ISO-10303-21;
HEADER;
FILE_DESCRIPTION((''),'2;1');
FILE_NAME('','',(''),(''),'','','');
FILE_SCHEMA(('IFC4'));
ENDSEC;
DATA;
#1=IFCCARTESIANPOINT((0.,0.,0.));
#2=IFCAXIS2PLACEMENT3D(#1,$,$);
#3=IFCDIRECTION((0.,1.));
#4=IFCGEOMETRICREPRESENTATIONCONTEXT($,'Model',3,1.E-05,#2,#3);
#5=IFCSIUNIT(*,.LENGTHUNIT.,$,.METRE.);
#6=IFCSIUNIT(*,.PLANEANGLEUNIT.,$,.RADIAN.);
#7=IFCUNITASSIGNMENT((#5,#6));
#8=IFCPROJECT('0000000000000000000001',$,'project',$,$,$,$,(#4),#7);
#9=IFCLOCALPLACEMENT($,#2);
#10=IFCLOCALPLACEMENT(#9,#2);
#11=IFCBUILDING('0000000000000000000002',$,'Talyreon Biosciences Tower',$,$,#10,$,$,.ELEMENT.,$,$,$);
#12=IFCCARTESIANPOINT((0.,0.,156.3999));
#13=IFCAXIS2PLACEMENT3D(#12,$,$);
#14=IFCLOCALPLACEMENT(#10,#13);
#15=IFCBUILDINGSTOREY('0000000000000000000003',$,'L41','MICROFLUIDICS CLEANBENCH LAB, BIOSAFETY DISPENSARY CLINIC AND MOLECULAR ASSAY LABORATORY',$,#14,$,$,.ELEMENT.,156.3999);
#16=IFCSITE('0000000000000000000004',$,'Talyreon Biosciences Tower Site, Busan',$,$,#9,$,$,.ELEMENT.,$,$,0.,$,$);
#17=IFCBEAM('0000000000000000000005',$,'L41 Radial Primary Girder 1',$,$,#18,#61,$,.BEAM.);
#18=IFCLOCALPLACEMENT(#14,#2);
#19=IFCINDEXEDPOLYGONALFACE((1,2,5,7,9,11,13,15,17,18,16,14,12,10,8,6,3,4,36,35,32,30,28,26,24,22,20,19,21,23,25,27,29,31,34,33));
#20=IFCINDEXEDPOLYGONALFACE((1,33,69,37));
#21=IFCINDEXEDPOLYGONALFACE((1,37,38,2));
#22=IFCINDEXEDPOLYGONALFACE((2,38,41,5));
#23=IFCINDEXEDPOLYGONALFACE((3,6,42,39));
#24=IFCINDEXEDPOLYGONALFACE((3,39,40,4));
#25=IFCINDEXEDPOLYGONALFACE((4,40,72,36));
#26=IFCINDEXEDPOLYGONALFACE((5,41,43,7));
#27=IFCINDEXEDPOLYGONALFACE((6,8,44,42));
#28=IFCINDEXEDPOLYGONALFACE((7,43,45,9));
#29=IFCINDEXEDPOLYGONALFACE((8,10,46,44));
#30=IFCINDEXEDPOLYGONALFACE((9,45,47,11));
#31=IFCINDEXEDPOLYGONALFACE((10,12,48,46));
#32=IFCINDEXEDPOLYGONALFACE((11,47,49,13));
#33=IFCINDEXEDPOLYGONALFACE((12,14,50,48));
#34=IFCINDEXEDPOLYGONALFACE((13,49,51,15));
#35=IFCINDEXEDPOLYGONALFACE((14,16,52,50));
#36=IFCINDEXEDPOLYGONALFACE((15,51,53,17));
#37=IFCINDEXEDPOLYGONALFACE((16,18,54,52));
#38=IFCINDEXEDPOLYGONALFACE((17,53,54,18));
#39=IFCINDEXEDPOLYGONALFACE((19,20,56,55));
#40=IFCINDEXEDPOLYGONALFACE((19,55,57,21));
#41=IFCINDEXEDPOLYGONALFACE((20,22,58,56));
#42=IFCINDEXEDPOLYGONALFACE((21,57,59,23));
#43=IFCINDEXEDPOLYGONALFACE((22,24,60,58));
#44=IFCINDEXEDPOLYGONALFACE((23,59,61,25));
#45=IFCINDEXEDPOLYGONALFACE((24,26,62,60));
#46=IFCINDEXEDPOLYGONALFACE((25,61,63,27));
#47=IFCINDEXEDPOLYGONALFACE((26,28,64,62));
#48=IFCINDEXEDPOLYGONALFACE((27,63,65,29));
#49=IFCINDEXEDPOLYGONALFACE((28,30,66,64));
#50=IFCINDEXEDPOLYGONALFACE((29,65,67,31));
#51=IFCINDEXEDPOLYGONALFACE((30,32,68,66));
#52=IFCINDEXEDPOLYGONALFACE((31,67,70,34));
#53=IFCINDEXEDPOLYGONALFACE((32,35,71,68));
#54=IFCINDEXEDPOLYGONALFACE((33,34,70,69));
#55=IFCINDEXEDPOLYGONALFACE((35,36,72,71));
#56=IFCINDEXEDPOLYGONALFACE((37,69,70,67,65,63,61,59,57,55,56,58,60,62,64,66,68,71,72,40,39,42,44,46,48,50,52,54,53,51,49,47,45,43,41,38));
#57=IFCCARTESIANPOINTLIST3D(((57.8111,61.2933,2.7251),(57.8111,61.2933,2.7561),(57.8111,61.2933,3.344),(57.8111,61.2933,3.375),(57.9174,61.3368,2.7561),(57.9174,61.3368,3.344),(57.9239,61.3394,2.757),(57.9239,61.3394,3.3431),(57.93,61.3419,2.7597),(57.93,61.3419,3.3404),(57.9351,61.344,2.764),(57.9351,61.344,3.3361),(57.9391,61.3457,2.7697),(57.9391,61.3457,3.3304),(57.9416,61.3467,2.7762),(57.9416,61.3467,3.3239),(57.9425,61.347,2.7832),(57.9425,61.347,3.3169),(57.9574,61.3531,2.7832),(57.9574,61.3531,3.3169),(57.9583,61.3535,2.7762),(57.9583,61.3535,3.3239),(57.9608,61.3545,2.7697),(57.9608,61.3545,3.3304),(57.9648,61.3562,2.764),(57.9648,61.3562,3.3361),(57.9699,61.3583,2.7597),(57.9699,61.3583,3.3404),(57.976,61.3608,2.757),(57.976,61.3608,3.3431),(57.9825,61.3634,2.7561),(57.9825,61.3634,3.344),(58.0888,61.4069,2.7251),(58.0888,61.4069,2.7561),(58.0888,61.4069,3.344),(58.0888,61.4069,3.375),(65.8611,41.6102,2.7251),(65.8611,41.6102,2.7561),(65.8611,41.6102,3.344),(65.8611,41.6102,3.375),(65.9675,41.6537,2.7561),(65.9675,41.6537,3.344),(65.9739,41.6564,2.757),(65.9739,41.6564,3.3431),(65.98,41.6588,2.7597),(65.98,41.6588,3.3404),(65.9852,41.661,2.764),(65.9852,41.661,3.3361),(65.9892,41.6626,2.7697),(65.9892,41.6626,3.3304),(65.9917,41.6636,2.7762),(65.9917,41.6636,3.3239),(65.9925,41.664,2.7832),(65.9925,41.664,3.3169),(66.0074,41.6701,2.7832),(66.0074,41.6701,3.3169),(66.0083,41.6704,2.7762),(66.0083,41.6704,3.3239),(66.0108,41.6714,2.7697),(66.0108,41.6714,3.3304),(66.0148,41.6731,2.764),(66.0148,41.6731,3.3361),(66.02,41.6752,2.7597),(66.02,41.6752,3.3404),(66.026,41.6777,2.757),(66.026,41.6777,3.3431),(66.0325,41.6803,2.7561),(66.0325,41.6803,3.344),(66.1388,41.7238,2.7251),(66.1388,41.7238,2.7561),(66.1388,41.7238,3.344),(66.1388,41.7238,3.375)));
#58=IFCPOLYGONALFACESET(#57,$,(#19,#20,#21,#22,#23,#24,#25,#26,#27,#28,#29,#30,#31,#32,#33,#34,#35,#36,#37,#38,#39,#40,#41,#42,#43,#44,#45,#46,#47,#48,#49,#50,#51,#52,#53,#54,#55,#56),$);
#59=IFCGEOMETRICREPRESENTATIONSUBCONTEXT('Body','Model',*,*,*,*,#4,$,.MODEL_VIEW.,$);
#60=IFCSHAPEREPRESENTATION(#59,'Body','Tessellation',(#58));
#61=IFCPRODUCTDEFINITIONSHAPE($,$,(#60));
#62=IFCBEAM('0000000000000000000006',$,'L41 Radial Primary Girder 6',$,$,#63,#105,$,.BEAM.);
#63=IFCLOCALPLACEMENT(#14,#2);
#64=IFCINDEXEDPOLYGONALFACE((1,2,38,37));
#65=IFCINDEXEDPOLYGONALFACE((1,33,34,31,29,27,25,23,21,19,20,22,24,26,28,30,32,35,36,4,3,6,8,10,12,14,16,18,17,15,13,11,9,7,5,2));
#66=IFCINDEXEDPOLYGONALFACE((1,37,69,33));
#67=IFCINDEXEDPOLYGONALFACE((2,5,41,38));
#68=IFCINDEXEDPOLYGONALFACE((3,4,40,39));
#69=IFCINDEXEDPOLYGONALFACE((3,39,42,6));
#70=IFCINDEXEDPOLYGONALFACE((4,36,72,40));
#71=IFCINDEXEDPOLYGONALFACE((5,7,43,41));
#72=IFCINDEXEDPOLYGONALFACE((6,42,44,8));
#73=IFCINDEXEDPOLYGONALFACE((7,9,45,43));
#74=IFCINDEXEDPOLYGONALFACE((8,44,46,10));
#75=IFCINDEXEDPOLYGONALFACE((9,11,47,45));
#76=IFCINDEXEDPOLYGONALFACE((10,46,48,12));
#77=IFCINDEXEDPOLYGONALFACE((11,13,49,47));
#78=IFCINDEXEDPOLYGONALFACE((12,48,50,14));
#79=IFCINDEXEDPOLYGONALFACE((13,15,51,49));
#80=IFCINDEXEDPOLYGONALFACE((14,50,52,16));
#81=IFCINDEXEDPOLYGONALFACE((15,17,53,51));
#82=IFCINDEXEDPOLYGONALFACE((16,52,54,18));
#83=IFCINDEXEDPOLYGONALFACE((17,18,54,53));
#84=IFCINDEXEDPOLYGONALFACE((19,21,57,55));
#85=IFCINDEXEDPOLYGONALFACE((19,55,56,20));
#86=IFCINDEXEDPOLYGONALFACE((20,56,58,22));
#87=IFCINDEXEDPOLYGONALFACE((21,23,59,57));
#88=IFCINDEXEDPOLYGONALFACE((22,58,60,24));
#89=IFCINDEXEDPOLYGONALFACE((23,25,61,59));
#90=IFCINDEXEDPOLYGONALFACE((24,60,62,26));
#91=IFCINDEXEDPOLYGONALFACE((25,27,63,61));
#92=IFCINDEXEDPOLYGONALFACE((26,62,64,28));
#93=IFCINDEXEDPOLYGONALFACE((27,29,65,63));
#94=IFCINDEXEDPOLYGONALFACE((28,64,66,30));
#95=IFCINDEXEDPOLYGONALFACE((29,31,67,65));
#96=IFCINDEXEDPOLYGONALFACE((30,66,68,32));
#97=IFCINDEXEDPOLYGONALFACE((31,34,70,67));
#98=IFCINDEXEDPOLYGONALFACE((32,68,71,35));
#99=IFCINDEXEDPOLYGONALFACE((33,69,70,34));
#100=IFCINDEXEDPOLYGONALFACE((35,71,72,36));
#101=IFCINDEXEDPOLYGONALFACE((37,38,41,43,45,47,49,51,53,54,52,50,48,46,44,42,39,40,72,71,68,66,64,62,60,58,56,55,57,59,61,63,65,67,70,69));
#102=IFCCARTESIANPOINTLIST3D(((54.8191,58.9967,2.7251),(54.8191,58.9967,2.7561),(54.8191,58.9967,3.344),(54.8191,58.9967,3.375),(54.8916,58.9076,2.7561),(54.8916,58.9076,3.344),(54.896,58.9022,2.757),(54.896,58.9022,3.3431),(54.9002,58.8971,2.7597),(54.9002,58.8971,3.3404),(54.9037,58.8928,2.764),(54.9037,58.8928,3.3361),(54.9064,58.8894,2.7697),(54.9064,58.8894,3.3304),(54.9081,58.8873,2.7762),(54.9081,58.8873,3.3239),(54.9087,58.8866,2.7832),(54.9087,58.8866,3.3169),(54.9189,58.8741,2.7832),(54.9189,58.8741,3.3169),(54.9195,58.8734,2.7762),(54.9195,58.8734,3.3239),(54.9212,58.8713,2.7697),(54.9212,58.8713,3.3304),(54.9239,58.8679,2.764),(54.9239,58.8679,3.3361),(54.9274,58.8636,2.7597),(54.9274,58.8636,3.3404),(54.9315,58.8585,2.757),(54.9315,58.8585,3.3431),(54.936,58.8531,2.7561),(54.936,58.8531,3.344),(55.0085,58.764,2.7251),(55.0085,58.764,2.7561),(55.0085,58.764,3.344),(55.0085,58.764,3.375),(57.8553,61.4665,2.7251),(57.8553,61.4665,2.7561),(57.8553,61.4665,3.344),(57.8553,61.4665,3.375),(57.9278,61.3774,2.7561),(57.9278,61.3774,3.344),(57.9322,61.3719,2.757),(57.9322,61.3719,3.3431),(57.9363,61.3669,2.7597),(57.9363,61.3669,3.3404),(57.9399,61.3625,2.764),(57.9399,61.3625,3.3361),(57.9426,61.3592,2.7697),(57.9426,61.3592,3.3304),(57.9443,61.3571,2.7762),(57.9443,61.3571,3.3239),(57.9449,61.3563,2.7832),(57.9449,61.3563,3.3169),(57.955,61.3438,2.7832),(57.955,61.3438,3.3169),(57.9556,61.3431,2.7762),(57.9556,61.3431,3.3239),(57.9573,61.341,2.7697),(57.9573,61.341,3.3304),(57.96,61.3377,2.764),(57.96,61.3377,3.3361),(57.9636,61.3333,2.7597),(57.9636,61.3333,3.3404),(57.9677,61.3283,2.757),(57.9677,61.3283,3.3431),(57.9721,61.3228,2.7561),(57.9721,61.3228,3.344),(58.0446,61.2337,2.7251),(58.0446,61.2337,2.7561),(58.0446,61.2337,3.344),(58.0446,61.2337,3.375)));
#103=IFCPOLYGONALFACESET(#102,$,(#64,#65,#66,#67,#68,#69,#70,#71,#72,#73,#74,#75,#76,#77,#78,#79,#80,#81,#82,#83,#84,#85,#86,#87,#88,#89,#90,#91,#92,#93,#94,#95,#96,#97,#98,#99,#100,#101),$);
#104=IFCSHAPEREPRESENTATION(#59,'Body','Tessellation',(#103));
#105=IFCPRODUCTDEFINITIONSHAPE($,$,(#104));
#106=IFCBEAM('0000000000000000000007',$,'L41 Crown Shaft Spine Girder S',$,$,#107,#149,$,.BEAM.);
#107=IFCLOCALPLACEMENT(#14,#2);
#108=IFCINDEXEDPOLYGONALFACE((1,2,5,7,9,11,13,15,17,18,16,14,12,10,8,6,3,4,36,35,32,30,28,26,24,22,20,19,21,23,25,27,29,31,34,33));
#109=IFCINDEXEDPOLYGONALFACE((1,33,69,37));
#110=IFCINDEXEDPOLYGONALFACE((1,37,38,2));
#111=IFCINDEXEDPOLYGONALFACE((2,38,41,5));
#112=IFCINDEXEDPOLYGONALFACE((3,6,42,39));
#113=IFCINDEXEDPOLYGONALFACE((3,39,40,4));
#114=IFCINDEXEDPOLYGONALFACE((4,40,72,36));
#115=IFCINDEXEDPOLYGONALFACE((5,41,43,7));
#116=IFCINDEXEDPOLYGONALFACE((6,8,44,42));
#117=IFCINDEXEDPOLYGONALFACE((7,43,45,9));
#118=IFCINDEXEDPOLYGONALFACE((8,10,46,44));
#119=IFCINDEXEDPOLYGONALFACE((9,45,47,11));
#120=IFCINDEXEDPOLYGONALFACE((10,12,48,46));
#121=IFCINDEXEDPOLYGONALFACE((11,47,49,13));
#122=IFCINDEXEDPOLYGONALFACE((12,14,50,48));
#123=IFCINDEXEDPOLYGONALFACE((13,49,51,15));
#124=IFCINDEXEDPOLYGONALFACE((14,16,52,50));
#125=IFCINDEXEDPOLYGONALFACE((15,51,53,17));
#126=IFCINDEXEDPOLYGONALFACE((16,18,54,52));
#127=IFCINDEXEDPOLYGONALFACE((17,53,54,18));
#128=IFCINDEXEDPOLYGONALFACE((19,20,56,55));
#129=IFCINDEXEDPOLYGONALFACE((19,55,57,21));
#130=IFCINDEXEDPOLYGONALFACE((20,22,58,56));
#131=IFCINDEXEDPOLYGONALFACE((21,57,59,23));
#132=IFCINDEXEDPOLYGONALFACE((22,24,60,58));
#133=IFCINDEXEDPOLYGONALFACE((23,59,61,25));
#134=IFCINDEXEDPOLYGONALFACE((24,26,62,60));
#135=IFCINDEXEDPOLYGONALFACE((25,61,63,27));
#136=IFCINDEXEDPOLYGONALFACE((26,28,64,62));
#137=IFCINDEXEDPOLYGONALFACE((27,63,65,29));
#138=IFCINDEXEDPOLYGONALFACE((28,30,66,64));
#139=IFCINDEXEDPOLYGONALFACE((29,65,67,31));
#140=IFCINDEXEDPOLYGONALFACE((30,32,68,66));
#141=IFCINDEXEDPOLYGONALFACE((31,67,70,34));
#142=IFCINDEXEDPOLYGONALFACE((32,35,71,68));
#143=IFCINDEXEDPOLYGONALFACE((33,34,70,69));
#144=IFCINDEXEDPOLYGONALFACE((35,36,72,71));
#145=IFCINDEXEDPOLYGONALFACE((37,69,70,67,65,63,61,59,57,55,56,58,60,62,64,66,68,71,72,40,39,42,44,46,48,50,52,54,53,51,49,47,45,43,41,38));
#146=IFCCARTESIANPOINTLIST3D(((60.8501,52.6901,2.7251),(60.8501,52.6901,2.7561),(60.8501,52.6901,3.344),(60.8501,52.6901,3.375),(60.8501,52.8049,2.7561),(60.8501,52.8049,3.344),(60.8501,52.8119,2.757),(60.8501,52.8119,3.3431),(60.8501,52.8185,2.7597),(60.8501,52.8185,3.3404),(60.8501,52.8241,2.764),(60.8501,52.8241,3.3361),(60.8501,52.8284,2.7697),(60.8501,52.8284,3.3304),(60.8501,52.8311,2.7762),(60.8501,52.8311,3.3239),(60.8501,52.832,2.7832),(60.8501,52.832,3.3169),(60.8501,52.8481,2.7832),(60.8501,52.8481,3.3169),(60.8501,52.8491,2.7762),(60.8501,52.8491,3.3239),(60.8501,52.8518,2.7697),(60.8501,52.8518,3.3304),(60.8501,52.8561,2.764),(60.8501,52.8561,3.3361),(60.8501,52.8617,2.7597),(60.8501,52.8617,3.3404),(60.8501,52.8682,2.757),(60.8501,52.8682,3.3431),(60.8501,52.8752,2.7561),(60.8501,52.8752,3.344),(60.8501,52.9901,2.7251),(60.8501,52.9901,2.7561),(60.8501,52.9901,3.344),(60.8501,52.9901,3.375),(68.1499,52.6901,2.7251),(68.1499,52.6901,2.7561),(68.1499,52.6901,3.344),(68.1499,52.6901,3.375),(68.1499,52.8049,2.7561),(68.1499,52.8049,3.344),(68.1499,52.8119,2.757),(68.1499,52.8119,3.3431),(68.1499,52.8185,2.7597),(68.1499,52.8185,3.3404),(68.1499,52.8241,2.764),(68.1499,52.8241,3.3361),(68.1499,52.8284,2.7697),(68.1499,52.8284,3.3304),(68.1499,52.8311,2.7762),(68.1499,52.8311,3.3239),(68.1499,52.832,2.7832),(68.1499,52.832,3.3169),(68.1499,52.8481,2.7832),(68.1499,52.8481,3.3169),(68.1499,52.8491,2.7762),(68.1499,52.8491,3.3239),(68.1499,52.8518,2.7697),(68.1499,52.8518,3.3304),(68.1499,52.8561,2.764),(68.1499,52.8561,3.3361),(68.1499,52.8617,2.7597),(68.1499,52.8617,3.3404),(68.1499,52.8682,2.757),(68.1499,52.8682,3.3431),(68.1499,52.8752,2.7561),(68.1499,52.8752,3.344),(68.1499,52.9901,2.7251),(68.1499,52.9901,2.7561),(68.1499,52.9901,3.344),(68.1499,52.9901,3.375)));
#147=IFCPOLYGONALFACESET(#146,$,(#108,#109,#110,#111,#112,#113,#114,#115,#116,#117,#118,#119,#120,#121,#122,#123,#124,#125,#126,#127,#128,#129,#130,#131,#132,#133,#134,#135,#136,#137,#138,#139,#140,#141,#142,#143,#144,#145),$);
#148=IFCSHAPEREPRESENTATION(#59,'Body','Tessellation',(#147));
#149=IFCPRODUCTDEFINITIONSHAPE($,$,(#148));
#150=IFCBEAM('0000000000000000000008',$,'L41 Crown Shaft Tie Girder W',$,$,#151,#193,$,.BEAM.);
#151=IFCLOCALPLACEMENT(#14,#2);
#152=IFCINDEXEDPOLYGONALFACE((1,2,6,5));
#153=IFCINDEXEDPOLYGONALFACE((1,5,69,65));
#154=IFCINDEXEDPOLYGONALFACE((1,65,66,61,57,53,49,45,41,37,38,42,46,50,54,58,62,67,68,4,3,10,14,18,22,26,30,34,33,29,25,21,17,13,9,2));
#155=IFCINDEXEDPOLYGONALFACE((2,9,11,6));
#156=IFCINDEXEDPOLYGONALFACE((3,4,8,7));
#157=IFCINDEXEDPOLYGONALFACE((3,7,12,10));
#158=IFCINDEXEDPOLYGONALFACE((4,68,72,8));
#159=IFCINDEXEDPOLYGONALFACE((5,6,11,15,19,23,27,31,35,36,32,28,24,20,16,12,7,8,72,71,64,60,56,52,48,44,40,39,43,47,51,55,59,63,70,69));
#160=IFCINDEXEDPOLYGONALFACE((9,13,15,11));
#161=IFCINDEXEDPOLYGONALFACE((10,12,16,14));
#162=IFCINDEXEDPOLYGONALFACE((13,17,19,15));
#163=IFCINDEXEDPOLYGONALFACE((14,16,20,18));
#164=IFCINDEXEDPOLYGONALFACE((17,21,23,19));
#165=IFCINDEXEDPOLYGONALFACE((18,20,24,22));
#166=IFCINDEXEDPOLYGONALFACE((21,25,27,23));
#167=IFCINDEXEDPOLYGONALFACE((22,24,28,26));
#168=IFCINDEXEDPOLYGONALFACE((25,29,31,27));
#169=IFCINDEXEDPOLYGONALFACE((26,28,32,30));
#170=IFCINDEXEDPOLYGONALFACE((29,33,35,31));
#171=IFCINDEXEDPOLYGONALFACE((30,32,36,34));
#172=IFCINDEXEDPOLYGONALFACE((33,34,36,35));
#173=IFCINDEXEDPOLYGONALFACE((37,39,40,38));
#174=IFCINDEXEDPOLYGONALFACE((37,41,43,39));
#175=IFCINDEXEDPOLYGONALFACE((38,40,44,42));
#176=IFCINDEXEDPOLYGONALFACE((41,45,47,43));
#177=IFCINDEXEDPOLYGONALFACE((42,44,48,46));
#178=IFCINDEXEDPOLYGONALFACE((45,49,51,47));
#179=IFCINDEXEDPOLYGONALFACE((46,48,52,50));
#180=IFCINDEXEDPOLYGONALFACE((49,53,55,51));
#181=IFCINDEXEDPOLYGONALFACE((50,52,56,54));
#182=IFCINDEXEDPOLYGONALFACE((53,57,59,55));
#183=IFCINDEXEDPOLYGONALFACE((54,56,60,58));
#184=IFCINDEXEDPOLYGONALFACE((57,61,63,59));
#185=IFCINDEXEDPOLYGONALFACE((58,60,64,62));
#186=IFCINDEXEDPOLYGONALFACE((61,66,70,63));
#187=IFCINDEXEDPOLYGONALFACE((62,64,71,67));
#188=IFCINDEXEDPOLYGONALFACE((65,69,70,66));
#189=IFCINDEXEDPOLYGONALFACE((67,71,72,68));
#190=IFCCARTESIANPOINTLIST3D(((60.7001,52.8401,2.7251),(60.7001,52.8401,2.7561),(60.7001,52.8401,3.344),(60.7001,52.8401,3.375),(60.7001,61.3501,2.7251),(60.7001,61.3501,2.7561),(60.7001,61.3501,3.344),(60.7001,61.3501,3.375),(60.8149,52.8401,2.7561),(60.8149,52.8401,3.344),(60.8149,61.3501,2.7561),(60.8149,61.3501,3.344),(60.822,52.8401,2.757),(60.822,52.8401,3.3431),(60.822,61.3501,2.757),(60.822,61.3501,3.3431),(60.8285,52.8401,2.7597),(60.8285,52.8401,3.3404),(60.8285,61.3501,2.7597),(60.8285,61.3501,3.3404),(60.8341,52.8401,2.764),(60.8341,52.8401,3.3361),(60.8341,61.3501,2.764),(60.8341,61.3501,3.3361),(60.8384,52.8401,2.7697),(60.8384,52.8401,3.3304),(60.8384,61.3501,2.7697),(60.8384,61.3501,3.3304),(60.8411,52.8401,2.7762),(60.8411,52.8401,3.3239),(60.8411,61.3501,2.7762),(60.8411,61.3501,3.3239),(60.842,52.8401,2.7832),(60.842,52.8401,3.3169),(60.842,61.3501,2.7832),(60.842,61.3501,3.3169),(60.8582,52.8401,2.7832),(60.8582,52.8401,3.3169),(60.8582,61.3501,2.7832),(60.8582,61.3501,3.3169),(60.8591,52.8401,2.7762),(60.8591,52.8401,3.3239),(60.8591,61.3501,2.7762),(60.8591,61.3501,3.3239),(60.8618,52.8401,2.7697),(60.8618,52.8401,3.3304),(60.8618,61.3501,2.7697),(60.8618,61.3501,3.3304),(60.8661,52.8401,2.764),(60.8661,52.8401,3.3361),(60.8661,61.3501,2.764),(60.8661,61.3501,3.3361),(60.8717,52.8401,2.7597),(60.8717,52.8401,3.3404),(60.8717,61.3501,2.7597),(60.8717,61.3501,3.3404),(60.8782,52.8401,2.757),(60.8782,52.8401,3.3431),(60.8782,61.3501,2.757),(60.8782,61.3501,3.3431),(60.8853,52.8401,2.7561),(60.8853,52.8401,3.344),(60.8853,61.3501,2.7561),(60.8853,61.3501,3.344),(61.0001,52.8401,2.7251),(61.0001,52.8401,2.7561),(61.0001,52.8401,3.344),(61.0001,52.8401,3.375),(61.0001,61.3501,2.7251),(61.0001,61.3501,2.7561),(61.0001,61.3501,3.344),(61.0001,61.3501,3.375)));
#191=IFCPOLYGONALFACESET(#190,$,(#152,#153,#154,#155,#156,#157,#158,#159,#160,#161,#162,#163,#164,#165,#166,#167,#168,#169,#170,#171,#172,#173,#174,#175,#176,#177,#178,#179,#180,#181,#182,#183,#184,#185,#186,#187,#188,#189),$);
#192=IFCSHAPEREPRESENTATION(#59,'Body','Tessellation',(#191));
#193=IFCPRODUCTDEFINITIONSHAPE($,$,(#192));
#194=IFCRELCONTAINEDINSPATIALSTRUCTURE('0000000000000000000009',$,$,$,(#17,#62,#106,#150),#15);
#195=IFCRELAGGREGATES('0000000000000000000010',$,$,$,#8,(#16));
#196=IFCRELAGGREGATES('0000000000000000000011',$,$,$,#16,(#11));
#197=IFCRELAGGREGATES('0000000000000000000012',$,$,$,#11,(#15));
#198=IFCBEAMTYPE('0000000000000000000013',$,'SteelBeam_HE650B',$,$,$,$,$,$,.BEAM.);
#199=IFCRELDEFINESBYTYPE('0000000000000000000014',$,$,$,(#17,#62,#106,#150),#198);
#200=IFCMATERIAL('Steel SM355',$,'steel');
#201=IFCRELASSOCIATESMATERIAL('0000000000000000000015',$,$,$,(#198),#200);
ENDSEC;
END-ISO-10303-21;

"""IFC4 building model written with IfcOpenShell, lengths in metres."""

from ifc_helpers import new_model, si_unit, direction, frame, origin, origin_2d, place, context, subcontext, project, spatial, i_section, extrude, material, material_profile, profile_set, type_object, element, save


model = new_model("IFC4")

# Units and contexts
model_context = context("Model", 3, precision=1e-05, world=origin(), true_north=direction((0.0, 1.0)))
body_context = subcontext(model_context, "Body", "Model", "MODEL_VIEW")
ifc_project = project(units=[si_unit("LENGTHUNIT", "METRE"), si_unit("PLANEANGLEUNIT", "RADIAN")], contexts=[model_context])

# Site, building, storey
site_placement = place(None, origin())
site = spatial("IfcSite", under=ifc_project, at=site_placement, Name="Talyreon Biosciences Tower Site, Busan", CompositionType="ELEMENT", RefElevation=0.0)
building_placement = place(site_placement, origin())
building = spatial("IfcBuilding", under=site, at=building_placement, Name="Talyreon Biosciences Tower", CompositionType="ELEMENT")
storey_placement = place(building_placement, frame((0.0, 0.0, 156.3999)))
storey = spatial("IfcBuildingStorey", under=building, at=storey_placement, Name="L41", Description="MICROFLUIDICS CLEANBENCH LAB, BIOSAFETY DISPENSARY CLINIC AND MOLECULAR ASSAY LABORATORY", CompositionType="ELEMENT", Elevation=156.3999)

# Beams
ifc_material_1 = material(Name="Steel SM355", Category="steel")
ifc_material_profile_1 = material_profile(ifc_material_1, i_section(OverallWidth=0.3, OverallDepth=0.6499, WebThickness=0.0161, FlangeThickness=0.031, FilletRadius=0.0271, at=origin_2d()), Name="HE650B")
ifc_profile_set_1 = profile_set([ifc_material_profile_1], Name="Steel SM355")
beam_type_1 = type_object("IfcBeamType", Name="SteelBeam_HE650B", PredefinedType="BEAM", material=ifc_profile_set_1)
beam_1_placement = place(storey_placement, frame((57.95, 61.3501, 3.05), z_axis=(0.378547, -0.925582, 0.0), x_axis=(0.925582, 0.378547, 0.0)))
element("IfcBeam", 1, at=beam_1_placement, inside=storey, type_object=beam_type_1, Name="L41 Radial Primary Girder 1", PredefinedType="BEAM", context=body_context, shape_type="SweptSolid", body=[
    extrude(i_section(OverallWidth=0.3, OverallDepth=0.6499, WebThickness=0.0161, FlangeThickness=0.031, FilletRadius=0.0271, at=origin_2d()), origin(), (0.0, 0.0, 1.0), 21.2656),
])
beam_2_placement = place(storey_placement, frame((57.95, 61.3501, 3.05), z_axis=(-0.775755, -0.631034, 0.0), x_axis=(0.631034, -0.775755, 0.0)))
element("IfcBeam", 2, at=beam_2_placement, inside=storey, type_object=beam_type_1, Name="L41 Radial Primary Girder 6", PredefinedType="BEAM", context=body_context, shape_type="SweptSolid", body=[
    extrude(i_section(OverallWidth=0.3, OverallDepth=0.6499, WebThickness=0.0161, FlangeThickness=0.031, FilletRadius=0.0271, at=origin_2d()), origin(), (0.0, 0.0, 1.0), 3.9138),
])
beam_3_placement = place(storey_placement, frame((60.8501, 52.8401, 3.05), z_axis=(1.0, 0.0, 0.0), x_axis=(0.0, 1.0, 0.0)))
element("IfcBeam", 3, at=beam_3_placement, inside=storey, type_object=beam_type_1, Name="L41 Crown Shaft Spine Girder S", PredefinedType="BEAM", context=body_context, shape_type="SweptSolid", body=[
    extrude(i_section(OverallWidth=0.3, OverallDepth=0.6499, WebThickness=0.0161, FlangeThickness=0.031, FilletRadius=0.0271, at=origin_2d()), origin(), (0.0, 0.0, 1.0), 7.2998),
])
beam_4_placement = place(storey_placement, frame((60.8501, 52.8401, 3.05), z_axis=(0.0, 1.0, 0.0), x_axis=(-1.0, 0.0, 0.0)))
element("IfcBeam", 4, at=beam_4_placement, inside=storey, type_object=beam_type_1, Name="L41 Crown Shaft Tie Girder W", PredefinedType="BEAM", context=body_context, shape_type="SweptSolid", body=[
    extrude(i_section(OverallWidth=0.3, OverallDepth=0.6499, WebThickness=0.0161, FlangeThickness=0.031, FilletRadius=0.0271, at=origin_2d()), origin(), (0.0, 0.0, 1.0), 8.51),
])

save(model, "model.ifc")
